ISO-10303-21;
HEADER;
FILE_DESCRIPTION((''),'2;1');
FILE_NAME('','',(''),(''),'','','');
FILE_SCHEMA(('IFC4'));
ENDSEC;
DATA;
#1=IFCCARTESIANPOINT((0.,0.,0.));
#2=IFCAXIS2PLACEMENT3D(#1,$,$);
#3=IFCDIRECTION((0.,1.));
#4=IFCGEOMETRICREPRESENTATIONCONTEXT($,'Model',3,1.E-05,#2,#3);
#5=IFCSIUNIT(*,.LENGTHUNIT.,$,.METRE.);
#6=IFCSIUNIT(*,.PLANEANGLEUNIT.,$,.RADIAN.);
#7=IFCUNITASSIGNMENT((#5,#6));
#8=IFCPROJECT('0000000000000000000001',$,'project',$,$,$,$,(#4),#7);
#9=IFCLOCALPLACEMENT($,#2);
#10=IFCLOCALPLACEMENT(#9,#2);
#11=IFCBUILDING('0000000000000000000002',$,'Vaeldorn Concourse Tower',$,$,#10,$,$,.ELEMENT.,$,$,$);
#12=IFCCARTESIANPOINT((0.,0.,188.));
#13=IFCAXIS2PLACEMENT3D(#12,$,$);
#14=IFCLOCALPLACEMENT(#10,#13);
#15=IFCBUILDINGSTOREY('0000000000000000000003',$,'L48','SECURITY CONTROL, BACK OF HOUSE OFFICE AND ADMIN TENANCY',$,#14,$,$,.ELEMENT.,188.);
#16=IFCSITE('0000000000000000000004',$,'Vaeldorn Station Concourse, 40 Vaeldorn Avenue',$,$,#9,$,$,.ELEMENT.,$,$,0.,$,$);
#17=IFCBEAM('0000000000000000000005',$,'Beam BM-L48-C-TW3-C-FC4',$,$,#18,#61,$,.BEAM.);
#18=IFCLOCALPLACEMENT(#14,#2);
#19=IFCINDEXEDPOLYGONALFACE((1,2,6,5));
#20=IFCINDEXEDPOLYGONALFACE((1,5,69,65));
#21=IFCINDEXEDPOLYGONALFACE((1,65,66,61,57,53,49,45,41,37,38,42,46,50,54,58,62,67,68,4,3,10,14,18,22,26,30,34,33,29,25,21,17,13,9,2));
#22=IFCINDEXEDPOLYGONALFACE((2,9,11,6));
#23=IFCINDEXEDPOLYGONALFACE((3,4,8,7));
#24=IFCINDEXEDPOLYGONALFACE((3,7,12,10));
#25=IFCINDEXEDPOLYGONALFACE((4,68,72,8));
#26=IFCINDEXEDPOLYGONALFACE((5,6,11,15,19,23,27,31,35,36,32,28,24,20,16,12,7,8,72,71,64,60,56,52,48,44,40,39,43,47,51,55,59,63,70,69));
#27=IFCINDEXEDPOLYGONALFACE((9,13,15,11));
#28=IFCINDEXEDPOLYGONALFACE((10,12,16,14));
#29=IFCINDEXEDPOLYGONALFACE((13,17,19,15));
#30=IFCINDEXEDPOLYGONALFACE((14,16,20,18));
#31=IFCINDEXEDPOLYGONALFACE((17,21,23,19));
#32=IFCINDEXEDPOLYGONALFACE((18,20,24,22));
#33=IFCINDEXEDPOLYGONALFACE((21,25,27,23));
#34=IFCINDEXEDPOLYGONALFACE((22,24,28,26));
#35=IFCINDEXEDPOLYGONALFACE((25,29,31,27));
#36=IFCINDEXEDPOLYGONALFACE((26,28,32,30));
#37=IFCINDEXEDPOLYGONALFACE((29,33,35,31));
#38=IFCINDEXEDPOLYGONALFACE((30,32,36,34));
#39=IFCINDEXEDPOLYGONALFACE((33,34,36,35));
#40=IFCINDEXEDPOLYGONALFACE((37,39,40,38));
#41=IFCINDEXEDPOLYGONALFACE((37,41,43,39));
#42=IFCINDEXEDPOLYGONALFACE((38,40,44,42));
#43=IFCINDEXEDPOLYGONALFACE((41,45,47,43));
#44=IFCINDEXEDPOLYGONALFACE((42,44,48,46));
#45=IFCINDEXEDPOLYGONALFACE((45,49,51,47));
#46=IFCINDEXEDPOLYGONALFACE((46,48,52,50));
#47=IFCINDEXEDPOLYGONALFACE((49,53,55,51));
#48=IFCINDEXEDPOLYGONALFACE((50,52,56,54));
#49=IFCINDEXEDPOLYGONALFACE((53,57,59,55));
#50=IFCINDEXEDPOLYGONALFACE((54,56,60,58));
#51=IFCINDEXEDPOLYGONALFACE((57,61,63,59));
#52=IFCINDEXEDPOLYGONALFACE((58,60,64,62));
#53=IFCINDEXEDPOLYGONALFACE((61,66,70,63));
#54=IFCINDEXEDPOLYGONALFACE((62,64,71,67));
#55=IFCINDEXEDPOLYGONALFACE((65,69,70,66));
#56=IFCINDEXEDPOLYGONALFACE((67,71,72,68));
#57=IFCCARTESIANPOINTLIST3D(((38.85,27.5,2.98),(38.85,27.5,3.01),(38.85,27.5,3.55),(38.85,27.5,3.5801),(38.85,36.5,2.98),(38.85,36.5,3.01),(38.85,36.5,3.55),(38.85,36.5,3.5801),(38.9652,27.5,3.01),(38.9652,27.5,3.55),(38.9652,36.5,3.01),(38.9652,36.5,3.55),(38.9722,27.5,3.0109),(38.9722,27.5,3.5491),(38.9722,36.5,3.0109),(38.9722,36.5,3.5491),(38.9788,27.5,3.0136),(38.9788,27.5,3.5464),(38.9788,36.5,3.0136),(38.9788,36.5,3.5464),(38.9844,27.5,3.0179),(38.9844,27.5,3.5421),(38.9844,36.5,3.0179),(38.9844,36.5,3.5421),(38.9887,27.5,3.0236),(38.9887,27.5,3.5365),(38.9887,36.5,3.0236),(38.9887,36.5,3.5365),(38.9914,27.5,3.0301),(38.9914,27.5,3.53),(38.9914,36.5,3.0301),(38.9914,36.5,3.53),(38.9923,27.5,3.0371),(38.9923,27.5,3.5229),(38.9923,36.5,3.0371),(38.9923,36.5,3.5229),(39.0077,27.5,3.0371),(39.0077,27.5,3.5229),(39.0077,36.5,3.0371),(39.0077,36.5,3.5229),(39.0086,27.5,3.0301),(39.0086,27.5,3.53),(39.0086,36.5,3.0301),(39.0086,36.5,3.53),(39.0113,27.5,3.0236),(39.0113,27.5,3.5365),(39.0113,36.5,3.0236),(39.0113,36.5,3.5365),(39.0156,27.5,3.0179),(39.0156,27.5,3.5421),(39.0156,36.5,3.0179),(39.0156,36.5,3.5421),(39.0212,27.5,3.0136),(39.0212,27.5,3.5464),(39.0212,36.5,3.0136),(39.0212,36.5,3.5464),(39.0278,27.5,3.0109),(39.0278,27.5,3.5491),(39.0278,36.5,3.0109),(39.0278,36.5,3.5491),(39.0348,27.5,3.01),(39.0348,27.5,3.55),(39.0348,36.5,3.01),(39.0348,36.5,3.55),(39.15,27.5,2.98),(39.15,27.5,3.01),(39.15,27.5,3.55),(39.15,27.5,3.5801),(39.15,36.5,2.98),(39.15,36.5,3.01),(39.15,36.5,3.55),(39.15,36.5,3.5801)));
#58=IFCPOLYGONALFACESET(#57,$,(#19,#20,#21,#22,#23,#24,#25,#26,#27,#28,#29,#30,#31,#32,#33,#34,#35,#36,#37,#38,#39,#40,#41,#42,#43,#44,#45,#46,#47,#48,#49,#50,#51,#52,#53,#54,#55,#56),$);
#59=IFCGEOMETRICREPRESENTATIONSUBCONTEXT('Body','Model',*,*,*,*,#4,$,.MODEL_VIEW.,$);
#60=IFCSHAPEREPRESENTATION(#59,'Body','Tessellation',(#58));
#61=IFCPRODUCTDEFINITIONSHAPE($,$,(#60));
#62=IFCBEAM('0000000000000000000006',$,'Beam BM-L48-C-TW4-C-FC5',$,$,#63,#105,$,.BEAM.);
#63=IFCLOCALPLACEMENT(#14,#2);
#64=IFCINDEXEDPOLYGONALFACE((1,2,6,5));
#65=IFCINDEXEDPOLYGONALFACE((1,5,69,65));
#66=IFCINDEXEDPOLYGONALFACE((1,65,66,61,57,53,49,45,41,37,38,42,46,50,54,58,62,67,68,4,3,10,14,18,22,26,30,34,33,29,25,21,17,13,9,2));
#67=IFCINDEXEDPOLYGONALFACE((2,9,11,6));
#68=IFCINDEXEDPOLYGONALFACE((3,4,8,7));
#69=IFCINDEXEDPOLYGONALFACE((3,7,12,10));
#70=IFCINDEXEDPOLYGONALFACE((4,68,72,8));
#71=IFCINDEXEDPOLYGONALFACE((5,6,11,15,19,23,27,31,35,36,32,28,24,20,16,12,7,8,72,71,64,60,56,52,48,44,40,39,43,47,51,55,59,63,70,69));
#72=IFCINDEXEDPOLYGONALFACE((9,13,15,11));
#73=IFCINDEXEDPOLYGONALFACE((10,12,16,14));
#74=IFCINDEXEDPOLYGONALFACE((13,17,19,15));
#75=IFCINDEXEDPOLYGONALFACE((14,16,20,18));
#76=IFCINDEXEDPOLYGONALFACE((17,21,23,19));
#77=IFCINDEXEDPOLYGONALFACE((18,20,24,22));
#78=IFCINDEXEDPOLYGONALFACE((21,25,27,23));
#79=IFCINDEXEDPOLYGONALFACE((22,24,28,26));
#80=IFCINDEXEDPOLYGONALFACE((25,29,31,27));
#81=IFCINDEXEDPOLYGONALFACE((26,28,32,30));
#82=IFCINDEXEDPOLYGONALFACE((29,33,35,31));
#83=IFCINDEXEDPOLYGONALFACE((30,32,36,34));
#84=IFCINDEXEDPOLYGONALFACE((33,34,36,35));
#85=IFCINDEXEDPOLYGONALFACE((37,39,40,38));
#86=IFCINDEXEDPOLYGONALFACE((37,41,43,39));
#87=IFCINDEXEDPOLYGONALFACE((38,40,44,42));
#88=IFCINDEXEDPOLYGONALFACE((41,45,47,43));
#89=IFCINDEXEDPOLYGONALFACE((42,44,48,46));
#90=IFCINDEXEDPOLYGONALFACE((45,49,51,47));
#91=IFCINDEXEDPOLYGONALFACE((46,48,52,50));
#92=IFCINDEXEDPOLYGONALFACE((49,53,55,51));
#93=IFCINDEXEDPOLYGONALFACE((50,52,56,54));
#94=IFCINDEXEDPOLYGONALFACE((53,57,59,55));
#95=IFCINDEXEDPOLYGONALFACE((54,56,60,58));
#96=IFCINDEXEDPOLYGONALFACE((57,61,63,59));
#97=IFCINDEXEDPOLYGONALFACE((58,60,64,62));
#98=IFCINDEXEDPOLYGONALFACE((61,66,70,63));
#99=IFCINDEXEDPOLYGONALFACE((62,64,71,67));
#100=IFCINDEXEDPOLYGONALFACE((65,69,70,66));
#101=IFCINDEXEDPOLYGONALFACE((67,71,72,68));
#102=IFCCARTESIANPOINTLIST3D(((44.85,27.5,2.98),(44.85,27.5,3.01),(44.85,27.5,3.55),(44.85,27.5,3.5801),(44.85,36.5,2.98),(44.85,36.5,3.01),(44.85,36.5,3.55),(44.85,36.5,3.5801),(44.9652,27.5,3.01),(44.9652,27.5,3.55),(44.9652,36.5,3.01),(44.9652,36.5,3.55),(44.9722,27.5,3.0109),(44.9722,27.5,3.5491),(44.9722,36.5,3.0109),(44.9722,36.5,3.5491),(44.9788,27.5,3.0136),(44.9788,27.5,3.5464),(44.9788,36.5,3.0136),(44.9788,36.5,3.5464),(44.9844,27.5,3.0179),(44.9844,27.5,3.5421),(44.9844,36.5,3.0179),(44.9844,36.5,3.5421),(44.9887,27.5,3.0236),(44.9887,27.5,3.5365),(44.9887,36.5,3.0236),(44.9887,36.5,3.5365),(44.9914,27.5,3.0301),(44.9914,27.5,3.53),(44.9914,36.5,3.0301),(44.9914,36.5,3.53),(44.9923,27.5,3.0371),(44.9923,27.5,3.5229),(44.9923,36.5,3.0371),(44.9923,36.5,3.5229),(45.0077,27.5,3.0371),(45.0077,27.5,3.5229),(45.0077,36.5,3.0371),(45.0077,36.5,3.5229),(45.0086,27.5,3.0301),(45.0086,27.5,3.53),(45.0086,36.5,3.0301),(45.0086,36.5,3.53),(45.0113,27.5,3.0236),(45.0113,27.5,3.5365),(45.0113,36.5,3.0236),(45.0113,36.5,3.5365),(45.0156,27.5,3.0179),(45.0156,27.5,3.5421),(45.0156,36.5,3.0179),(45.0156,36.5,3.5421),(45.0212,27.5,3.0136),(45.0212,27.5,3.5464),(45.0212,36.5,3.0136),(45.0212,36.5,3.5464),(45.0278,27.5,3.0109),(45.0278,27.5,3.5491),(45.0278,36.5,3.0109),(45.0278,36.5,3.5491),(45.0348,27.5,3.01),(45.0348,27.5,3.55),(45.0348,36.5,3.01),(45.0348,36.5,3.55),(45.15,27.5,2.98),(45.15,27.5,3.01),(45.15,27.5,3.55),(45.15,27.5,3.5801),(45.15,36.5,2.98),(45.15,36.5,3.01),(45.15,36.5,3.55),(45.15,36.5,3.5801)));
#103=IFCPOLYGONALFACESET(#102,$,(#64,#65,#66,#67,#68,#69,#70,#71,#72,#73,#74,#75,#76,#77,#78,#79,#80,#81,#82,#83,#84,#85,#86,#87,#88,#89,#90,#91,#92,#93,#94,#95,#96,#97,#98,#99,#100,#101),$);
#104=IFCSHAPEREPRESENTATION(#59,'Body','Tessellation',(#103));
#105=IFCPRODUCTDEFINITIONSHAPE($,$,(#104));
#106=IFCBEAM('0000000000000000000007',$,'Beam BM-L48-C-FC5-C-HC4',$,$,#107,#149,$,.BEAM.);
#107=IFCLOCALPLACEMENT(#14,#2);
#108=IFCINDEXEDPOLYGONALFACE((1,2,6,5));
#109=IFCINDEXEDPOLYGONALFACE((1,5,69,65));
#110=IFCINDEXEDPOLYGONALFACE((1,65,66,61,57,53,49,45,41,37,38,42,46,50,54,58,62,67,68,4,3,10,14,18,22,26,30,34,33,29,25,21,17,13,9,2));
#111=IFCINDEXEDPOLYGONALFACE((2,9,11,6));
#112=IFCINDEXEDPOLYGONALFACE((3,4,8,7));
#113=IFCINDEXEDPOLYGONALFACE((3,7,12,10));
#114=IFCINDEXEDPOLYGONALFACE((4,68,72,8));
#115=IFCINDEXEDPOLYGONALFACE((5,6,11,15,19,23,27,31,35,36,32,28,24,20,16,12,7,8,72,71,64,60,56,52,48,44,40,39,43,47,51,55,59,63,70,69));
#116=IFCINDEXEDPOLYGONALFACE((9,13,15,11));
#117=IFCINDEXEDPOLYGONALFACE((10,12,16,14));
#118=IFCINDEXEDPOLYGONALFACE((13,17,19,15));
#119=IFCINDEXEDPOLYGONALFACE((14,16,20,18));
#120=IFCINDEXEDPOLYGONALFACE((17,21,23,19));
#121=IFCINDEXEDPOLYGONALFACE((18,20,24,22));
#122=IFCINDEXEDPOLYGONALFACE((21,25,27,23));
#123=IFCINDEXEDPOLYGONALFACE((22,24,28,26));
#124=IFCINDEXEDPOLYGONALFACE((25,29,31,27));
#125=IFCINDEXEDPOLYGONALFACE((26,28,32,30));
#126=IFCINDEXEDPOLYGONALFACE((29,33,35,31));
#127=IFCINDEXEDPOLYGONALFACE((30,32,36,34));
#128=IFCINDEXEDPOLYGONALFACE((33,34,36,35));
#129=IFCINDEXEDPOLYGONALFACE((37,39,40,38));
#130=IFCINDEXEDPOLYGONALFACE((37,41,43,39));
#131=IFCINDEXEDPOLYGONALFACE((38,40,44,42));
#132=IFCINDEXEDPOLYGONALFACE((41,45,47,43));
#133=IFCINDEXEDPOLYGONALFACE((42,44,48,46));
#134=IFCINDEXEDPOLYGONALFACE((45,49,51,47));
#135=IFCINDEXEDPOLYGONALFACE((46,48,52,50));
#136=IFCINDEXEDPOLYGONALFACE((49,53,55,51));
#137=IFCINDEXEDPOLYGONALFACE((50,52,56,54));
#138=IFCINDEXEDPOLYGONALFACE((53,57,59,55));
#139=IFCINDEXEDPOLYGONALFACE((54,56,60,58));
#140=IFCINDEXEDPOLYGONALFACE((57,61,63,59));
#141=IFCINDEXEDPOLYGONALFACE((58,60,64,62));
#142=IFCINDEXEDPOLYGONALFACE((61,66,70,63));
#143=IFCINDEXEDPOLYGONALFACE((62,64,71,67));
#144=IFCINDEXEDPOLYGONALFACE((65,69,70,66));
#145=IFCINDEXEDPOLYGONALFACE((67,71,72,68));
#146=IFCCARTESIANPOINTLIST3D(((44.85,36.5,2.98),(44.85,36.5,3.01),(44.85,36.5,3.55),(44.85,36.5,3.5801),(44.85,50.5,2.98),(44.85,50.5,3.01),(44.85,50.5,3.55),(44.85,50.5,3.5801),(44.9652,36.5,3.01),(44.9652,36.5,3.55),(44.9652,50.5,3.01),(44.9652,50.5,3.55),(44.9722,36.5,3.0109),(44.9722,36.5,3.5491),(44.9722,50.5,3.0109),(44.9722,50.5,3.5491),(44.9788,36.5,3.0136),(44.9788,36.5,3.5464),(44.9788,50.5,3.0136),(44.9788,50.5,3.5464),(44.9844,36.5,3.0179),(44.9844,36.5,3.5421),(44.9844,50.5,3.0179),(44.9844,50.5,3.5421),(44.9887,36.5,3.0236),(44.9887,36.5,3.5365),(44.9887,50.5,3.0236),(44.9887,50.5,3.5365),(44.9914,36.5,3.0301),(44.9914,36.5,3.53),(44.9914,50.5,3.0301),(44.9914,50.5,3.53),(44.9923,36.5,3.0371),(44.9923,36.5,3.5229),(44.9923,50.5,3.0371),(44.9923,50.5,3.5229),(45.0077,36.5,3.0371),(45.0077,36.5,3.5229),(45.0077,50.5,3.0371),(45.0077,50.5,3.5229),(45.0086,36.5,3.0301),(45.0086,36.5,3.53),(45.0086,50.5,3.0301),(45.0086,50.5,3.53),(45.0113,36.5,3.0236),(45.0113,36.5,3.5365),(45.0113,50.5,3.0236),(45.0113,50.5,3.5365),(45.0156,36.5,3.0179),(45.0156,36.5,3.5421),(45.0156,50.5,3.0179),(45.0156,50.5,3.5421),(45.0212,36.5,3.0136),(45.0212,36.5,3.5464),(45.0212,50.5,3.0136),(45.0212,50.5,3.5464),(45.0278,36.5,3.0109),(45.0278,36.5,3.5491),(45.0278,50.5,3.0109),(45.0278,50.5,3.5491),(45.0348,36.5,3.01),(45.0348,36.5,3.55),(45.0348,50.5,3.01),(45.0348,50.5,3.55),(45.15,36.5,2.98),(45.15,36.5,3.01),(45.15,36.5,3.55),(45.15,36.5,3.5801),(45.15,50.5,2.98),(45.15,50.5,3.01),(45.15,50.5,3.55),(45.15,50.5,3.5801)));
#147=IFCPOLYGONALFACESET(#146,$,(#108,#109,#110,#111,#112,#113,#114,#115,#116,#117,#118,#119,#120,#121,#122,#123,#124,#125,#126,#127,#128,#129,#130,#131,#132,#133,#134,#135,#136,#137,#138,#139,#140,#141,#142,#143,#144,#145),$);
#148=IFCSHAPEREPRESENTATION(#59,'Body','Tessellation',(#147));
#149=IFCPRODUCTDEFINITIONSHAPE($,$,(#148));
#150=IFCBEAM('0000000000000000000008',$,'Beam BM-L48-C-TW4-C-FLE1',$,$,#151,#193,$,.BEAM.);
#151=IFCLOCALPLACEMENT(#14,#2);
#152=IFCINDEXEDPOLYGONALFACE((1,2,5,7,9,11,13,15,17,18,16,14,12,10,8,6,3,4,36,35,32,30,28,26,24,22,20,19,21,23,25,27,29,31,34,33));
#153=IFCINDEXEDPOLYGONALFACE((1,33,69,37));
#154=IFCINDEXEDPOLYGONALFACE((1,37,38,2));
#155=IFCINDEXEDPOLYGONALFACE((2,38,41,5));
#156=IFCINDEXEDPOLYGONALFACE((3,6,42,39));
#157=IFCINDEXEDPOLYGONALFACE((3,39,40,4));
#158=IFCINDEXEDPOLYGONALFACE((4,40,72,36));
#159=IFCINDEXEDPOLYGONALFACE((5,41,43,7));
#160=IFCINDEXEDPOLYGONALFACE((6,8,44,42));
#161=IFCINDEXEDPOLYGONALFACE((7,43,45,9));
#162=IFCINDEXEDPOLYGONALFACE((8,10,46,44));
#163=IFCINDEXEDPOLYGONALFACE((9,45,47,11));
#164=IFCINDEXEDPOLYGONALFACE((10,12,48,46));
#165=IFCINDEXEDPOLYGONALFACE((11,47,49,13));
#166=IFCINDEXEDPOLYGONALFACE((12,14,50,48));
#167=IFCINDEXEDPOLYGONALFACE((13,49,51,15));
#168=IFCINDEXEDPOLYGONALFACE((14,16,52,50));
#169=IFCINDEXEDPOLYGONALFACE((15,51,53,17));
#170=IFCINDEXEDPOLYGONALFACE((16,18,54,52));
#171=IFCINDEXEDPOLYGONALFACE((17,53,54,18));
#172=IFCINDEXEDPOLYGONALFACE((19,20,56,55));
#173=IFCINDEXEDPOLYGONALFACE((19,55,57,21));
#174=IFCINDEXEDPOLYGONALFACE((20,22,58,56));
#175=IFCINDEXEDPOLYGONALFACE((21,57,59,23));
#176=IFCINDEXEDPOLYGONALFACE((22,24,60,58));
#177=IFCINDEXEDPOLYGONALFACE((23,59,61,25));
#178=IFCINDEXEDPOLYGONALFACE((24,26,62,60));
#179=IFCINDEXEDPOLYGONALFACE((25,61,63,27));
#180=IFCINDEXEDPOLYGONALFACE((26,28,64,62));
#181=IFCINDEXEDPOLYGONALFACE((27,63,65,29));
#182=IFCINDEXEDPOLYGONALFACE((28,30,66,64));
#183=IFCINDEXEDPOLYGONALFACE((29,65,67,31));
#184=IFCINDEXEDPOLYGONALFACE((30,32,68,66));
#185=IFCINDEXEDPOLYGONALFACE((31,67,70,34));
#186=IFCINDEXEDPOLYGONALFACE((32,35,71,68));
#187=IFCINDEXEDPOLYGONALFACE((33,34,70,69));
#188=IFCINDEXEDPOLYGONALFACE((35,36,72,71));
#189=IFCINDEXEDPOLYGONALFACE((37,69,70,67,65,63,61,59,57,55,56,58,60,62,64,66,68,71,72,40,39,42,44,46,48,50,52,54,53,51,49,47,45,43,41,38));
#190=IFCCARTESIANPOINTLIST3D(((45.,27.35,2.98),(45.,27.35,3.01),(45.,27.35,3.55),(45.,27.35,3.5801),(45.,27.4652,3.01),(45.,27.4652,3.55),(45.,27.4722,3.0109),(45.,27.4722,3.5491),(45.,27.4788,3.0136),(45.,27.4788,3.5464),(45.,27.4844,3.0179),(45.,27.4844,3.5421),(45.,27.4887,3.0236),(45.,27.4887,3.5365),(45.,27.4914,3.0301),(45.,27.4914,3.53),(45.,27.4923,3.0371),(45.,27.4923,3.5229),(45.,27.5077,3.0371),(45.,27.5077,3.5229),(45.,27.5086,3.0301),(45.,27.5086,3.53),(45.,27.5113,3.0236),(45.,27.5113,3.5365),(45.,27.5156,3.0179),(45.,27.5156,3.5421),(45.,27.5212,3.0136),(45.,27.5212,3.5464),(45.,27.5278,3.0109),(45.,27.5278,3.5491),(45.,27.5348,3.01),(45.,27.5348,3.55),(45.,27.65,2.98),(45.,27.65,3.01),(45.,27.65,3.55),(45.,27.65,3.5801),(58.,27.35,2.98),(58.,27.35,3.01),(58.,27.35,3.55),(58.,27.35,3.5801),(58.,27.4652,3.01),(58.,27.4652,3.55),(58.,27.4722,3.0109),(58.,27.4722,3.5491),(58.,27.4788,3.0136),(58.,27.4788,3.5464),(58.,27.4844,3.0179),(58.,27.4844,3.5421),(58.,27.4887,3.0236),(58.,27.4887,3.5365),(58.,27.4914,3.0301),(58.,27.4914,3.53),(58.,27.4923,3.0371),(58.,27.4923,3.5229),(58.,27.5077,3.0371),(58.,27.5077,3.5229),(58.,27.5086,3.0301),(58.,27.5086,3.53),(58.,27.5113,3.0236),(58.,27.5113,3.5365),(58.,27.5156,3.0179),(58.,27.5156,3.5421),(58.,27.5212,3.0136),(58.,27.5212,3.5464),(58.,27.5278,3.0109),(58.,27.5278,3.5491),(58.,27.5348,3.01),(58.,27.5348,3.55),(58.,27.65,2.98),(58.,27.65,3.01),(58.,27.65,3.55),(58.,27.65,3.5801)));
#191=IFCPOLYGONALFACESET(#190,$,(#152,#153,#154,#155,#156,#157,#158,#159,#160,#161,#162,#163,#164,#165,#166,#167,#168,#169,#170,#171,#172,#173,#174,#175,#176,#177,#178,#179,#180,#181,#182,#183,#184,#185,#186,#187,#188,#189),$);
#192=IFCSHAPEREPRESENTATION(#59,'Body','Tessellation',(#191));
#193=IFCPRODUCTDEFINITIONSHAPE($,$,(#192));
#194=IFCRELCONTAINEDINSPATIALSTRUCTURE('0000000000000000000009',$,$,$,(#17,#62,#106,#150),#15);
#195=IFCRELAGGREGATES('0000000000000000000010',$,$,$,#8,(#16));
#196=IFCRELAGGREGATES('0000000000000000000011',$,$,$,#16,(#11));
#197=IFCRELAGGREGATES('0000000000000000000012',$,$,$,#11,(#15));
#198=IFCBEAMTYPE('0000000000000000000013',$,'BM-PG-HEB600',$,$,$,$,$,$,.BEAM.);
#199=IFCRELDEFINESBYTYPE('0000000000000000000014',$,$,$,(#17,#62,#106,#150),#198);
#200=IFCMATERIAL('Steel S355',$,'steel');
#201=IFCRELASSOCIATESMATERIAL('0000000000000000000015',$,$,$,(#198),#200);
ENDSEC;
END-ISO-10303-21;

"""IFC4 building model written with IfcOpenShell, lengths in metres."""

from ifc_helpers import new_model, si_unit, direction, frame, origin, origin_2d, place, context, subcontext, project, spatial, i_section, extrude, source, transform, mapped, material, material_profile, profile_set, type_object, element, save


model = new_model("IFC4")

# Units and contexts
model_context = context("Model", 3, precision=1e-05, world=origin(), true_north=direction((0.0, 1.0)))
body_context = subcontext(model_context, "Body", "Model", "MODEL_VIEW")
ifc_project = project(units=[si_unit("LENGTHUNIT", "METRE"), si_unit("PLANEANGLEUNIT", "RADIAN")], contexts=[model_context])

# Site, building, storey
site_placement = place(None, origin())
site = spatial("IfcSite", under=ifc_project, at=site_placement, Name="Vaeldorn Station Concourse, 40 Vaeldorn Avenue", CompositionType="ELEMENT", RefElevation=0.0)
building_placement = place(site_placement, origin())
building = spatial("IfcBuilding", under=site, at=building_placement, Name="Vaeldorn Concourse Tower", CompositionType="ELEMENT")
storey_placement = place(building_placement, frame((0.0, 0.0, 188.0)))
storey = spatial("IfcBuildingStorey", under=building, at=storey_placement, Name="L48", Description="SECURITY CONTROL, BACK OF HOUSE OFFICE AND ADMIN TENANCY", CompositionType="ELEMENT", Elevation=188.0)

# Shared definitions
ifc_material_1 = material(Name="Steel S355", Category="steel")

# Beams
ifc_material_profile_1 = material_profile(ifc_material_1, i_section(OverallWidth=0.3, OverallDepth=0.6001, WebThickness=0.0154, FlangeThickness=0.03, FilletRadius=0.0271, at=origin_2d()), Name="HEB 600")
ifc_profile_set_1 = profile_set([ifc_material_profile_1], Name="Steel S355")
beam_type_1 = type_object("IfcBeamType", Name="BM-PG-HEB600", PredefinedType="BEAM", material=ifc_profile_set_1)
shared_shape_1 = source(origin(), body_context, "Body", "SweptSolid", [
    extrude(i_section(OverallWidth=0.3, OverallDepth=0.6001, WebThickness=0.0154, FlangeThickness=0.03, FilletRadius=0.0271, at=origin_2d()), origin(), (0.0, 0.0, 1.0), 9.0),
])
for number, where, z_axis, x_axis, name in (
    (1, (39.0, 27.5, 3.28), (0.0, 1.0, 0.0), (-1.0, 0.0, 0.0), "Beam BM-L48-C-TW3-C-FC4"),
    (2, (45.0, 27.5, 3.28), (0.0, 1.0, 0.0), (-1.0, 0.0, 0.0), "Beam BM-L48-C-TW4-C-FC5"),
):
    element("IfcBeam", number, at=place(storey_placement, frame(where, z_axis=z_axis, x_axis=x_axis)), inside=storey, type_object=beam_type_1, Name=name, PredefinedType="BEAM", context=body_context, shape_type="MappedRepresentation", body=[
        mapped(shared_shape_1, transform((0.0, 0.0, 0.0), scale=1.0)),
    ])
shared_shape_2 = source(origin(), body_context, "Body", "SweptSolid", [
    extrude(i_section(OverallWidth=0.3, OverallDepth=0.6001, WebThickness=0.0154, FlangeThickness=0.03, FilletRadius=0.0271, at=origin_2d()), origin(), (0.0, 0.0, 1.0), 14.0),
])
beam_1_placement = place(storey_placement, frame((45.0, 36.5, 3.28), z_axis=(0.0, 1.0, 0.0), x_axis=(-1.0, 0.0, 0.0)))
element("IfcBeam", 3, at=beam_1_placement, inside=storey, type_object=beam_type_1, Name="Beam BM-L48-C-FC5-C-HC4", PredefinedType="BEAM", context=body_context, shape_type="MappedRepresentation", body=[
    mapped(shared_shape_2, transform((0.0, 0.0, 0.0), scale=1.0)),
])
shared_shape_3 = source(origin(), body_context, "Body", "SweptSolid", [
    extrude(i_section(OverallWidth=0.3, OverallDepth=0.6001, WebThickness=0.0154, FlangeThickness=0.03, FilletRadius=0.0271, at=origin_2d()), origin(), (0.0, 0.0, 1.0), 13.0),
])
beam_2_placement = place(storey_placement, frame((45.0, 27.5, 3.28), z_axis=(1.0, 0.0, 0.0), x_axis=(0.0, 1.0, 0.0)))
element("IfcBeam", 4, at=beam_2_placement, inside=storey, type_object=beam_type_1, Name="Beam BM-L48-C-TW4-C-FLE1", PredefinedType="BEAM", context=body_context, shape_type="MappedRepresentation", body=[
    mapped(shared_shape_3, transform((0.0, 0.0, 0.0), scale=1.0)),
])

save(model, "model.ifc")
